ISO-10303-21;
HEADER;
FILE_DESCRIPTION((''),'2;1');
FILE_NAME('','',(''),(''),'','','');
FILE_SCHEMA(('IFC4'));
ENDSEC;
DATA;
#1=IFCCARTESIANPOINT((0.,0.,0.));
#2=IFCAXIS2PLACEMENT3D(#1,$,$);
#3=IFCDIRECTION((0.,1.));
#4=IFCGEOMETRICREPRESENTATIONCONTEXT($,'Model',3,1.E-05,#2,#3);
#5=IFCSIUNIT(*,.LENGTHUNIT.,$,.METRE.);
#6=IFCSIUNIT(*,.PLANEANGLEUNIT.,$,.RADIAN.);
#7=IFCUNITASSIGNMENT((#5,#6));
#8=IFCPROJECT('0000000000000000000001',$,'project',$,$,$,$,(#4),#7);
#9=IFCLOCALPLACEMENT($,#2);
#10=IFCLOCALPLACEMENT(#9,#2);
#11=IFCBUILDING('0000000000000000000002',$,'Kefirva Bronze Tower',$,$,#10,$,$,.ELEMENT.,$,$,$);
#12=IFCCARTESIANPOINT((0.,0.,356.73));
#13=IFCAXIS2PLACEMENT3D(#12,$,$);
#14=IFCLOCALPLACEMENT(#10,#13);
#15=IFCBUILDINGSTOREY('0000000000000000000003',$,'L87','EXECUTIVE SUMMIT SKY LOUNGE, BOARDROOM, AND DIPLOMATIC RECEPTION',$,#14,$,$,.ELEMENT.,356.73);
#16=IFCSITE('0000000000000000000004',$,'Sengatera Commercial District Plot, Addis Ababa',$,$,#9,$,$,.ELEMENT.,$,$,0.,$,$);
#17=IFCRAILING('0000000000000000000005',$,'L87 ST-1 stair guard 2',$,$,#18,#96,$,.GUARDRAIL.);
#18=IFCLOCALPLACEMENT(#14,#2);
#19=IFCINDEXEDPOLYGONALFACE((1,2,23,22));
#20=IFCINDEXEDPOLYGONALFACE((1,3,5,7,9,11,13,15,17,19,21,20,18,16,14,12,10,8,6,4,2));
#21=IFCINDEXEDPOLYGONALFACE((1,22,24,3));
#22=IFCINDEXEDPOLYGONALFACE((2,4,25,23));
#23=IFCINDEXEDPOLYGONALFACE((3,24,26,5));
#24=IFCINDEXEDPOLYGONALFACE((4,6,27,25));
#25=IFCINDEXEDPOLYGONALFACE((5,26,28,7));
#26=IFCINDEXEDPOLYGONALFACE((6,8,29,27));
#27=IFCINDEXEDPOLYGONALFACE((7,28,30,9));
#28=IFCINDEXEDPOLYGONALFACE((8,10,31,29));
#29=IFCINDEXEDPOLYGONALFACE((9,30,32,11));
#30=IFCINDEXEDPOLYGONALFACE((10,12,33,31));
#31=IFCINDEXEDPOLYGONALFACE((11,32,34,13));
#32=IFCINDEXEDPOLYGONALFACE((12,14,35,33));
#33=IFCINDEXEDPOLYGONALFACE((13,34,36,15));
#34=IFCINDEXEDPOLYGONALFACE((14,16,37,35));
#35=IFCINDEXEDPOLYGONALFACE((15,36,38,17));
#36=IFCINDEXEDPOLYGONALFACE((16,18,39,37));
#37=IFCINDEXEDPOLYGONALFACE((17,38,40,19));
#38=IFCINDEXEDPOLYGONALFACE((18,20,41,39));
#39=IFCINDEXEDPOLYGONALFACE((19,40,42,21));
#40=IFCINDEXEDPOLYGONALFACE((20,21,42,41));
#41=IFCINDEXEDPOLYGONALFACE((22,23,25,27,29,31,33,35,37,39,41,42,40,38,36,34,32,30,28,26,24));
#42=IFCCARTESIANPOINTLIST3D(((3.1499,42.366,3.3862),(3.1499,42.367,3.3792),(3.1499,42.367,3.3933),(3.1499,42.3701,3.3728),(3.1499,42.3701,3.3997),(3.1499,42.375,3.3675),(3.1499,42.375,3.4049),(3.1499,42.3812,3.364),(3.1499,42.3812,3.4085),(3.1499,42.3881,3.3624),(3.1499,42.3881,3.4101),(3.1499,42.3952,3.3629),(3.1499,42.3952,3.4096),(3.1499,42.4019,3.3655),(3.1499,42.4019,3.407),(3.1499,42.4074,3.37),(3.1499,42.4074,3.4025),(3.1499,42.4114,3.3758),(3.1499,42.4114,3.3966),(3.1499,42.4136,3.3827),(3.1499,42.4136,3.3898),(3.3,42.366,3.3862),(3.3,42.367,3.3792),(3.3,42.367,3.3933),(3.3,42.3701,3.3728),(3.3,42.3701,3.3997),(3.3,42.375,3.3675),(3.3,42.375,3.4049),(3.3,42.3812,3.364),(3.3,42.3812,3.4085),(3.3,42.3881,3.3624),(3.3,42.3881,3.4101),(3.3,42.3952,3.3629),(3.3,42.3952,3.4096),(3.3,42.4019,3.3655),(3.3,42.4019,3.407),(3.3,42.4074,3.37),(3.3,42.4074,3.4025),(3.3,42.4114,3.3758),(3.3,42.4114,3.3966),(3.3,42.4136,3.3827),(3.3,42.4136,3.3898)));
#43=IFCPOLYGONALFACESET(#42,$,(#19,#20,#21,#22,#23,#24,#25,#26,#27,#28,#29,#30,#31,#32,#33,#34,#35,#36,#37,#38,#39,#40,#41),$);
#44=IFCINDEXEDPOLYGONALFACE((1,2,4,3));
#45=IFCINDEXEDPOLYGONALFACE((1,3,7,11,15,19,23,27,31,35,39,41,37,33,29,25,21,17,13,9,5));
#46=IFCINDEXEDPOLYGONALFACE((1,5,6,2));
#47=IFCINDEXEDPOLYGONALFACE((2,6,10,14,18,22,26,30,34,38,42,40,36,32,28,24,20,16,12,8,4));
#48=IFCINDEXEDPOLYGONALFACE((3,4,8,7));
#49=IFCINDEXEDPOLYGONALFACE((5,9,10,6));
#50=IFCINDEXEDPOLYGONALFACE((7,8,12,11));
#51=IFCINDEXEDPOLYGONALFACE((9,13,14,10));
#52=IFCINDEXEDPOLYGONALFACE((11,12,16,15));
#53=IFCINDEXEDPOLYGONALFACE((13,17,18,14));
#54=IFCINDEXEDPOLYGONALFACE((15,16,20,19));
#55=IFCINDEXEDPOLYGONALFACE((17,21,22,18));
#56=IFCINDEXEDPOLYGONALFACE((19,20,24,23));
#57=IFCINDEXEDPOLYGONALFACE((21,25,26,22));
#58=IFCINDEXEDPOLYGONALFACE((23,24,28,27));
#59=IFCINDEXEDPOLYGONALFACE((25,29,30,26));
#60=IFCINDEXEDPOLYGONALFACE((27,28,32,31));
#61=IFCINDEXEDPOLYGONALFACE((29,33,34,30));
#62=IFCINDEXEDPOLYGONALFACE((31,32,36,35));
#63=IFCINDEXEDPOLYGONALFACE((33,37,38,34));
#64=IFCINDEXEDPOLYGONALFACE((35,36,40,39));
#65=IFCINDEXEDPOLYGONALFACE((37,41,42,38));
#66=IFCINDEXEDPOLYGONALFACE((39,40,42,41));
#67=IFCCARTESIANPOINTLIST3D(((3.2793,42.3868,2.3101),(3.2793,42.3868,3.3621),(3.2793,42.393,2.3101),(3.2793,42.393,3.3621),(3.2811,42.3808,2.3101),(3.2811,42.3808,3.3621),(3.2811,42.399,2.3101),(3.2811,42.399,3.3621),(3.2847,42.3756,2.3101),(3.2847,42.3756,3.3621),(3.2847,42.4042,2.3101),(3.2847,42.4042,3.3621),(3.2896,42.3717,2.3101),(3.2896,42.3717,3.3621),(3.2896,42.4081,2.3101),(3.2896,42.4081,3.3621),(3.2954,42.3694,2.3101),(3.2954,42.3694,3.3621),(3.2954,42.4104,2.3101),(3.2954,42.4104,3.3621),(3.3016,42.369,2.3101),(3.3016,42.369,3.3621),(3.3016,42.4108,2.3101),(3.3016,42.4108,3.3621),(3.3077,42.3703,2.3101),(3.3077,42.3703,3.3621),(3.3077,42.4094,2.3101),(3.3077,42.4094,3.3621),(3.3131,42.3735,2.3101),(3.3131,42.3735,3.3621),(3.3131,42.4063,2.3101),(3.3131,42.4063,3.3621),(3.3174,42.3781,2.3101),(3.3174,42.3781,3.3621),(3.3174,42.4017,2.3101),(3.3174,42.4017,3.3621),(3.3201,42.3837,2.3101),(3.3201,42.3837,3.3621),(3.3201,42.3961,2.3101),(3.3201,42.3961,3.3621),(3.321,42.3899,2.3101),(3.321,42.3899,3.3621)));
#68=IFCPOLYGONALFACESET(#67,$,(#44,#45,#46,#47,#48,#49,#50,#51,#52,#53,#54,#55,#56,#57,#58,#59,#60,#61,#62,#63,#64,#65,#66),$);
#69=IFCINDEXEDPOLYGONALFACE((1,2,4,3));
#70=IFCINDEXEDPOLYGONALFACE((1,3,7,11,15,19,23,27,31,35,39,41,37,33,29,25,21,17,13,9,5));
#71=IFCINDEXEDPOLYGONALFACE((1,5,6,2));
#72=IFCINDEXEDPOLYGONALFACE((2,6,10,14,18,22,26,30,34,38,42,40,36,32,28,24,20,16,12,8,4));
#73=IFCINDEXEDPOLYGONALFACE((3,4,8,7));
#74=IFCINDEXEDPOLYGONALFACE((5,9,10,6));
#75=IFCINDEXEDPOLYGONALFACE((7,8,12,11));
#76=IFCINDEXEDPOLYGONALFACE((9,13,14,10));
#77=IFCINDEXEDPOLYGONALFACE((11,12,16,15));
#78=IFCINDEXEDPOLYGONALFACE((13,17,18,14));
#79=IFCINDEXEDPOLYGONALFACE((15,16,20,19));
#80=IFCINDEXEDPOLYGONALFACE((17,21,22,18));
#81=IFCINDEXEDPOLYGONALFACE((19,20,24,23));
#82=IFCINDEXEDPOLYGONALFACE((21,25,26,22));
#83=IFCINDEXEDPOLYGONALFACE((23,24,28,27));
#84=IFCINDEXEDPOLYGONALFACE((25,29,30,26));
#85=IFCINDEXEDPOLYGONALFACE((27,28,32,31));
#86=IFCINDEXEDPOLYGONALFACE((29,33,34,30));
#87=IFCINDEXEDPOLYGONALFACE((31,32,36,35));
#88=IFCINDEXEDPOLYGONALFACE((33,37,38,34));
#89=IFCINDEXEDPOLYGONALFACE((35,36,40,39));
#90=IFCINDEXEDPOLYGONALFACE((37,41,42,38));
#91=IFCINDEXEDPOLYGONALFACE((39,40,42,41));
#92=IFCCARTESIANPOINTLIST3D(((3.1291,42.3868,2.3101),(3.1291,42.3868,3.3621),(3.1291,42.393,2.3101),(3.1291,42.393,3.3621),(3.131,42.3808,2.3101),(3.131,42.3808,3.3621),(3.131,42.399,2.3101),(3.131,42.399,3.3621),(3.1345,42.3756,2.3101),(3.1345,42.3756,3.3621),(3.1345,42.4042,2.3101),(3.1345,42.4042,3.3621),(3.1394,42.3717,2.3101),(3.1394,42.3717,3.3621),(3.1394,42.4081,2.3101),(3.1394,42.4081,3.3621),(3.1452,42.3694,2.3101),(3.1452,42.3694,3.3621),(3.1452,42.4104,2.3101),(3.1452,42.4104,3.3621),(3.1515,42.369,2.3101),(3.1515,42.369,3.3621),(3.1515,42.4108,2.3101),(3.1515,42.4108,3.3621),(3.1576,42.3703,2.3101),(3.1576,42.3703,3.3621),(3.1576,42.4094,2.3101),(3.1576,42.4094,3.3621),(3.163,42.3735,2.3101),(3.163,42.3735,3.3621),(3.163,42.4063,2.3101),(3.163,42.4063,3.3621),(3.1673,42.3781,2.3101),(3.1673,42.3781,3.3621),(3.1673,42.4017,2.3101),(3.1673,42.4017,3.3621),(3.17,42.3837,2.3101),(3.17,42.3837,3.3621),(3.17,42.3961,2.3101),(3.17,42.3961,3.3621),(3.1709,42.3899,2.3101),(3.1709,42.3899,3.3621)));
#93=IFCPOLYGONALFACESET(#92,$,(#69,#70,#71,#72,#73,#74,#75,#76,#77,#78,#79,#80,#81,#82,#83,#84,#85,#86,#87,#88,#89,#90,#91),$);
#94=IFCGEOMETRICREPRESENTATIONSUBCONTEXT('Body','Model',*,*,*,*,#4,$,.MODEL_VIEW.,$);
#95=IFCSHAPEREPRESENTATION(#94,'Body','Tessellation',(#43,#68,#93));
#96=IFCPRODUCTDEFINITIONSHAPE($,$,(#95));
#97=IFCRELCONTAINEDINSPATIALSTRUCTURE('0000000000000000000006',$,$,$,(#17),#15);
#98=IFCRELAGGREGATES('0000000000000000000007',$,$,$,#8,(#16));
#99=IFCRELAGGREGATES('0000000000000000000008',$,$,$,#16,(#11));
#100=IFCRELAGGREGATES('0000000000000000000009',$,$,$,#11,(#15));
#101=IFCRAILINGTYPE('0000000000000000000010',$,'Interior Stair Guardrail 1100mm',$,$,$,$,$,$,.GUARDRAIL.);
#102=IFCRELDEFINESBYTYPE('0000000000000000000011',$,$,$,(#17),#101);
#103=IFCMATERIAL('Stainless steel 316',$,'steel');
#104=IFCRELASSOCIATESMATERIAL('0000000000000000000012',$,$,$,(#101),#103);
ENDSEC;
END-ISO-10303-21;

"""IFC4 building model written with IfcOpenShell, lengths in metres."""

from ifc_helpers import new_model, si_unit, direction, frame, origin, origin_2d, place, context, subcontext, project, spatial, circle, extrude, material, type_object, element, save


model = new_model("IFC4")

# Units and contexts
model_context = context("Model", 3, precision=1e-05, world=origin(), true_north=direction((0.0, 1.0)))
body_context = subcontext(model_context, "Body", "Model", "MODEL_VIEW")
ifc_project = project(units=[si_unit("LENGTHUNIT", "METRE"), si_unit("PLANEANGLEUNIT", "RADIAN")], contexts=[model_context])

# Site, building, storey
site_placement = place(None, origin())
site = spatial("IfcSite", under=ifc_project, at=site_placement, Name="Sengatera Commercial District Plot, Addis Ababa", CompositionType="ELEMENT", RefElevation=0.0)
building_placement = place(site_placement, origin())
building = spatial("IfcBuilding", under=site, at=building_placement, Name="Kefirva Bronze Tower", CompositionType="ELEMENT")
storey_placement = place(building_placement, frame((0.0, 0.0, 356.73)))
storey = spatial("IfcBuildingStorey", under=building, at=storey_placement, Name="L87", Description="EXECUTIVE SUMMIT SKY LOUNGE, BOARDROOM, AND DIPLOMATIC RECEPTION", CompositionType="ELEMENT", Elevation=356.73)

# Railing
ifc_material_1 = material(Name="Stainless steel 316", Category="steel")
railing_type_1 = type_object("IfcRailingType", Name="Interior Stair Guardrail 1100mm", PredefinedType="GUARDRAIL", material=ifc_material_1)
railing_1_placement = place(storey_placement, frame((3.3, 42.3899, 2.3101)))
element("IfcRailing", 1, at=railing_1_placement, inside=storey, type_object=railing_type_1, Name="L87 ST-1 stair guard 2", PredefinedType="GUARDRAIL", context=body_context, shape_type="SweptSolid", body=[
    extrude(circle(Radius=0.0239, at=origin_2d()), frame((0.0, 0.0, 1.0762), z_axis=(-1.0, 0.0, 0.0), x_axis=(0.0, -1.0, 0.0)), (0.0, 0.0, 1.0), 0.1501),
    extrude(circle(Radius=0.021, at=origin_2d()), origin(), (0.0, 0.0, 1.0), 1.052),
    extrude(circle(Radius=0.021, at=origin_2d()), frame((-0.1501, 0.0, 0.0)), (0.0, 0.0, 1.0), 1.052),
])

save(model, "model.ifc")
